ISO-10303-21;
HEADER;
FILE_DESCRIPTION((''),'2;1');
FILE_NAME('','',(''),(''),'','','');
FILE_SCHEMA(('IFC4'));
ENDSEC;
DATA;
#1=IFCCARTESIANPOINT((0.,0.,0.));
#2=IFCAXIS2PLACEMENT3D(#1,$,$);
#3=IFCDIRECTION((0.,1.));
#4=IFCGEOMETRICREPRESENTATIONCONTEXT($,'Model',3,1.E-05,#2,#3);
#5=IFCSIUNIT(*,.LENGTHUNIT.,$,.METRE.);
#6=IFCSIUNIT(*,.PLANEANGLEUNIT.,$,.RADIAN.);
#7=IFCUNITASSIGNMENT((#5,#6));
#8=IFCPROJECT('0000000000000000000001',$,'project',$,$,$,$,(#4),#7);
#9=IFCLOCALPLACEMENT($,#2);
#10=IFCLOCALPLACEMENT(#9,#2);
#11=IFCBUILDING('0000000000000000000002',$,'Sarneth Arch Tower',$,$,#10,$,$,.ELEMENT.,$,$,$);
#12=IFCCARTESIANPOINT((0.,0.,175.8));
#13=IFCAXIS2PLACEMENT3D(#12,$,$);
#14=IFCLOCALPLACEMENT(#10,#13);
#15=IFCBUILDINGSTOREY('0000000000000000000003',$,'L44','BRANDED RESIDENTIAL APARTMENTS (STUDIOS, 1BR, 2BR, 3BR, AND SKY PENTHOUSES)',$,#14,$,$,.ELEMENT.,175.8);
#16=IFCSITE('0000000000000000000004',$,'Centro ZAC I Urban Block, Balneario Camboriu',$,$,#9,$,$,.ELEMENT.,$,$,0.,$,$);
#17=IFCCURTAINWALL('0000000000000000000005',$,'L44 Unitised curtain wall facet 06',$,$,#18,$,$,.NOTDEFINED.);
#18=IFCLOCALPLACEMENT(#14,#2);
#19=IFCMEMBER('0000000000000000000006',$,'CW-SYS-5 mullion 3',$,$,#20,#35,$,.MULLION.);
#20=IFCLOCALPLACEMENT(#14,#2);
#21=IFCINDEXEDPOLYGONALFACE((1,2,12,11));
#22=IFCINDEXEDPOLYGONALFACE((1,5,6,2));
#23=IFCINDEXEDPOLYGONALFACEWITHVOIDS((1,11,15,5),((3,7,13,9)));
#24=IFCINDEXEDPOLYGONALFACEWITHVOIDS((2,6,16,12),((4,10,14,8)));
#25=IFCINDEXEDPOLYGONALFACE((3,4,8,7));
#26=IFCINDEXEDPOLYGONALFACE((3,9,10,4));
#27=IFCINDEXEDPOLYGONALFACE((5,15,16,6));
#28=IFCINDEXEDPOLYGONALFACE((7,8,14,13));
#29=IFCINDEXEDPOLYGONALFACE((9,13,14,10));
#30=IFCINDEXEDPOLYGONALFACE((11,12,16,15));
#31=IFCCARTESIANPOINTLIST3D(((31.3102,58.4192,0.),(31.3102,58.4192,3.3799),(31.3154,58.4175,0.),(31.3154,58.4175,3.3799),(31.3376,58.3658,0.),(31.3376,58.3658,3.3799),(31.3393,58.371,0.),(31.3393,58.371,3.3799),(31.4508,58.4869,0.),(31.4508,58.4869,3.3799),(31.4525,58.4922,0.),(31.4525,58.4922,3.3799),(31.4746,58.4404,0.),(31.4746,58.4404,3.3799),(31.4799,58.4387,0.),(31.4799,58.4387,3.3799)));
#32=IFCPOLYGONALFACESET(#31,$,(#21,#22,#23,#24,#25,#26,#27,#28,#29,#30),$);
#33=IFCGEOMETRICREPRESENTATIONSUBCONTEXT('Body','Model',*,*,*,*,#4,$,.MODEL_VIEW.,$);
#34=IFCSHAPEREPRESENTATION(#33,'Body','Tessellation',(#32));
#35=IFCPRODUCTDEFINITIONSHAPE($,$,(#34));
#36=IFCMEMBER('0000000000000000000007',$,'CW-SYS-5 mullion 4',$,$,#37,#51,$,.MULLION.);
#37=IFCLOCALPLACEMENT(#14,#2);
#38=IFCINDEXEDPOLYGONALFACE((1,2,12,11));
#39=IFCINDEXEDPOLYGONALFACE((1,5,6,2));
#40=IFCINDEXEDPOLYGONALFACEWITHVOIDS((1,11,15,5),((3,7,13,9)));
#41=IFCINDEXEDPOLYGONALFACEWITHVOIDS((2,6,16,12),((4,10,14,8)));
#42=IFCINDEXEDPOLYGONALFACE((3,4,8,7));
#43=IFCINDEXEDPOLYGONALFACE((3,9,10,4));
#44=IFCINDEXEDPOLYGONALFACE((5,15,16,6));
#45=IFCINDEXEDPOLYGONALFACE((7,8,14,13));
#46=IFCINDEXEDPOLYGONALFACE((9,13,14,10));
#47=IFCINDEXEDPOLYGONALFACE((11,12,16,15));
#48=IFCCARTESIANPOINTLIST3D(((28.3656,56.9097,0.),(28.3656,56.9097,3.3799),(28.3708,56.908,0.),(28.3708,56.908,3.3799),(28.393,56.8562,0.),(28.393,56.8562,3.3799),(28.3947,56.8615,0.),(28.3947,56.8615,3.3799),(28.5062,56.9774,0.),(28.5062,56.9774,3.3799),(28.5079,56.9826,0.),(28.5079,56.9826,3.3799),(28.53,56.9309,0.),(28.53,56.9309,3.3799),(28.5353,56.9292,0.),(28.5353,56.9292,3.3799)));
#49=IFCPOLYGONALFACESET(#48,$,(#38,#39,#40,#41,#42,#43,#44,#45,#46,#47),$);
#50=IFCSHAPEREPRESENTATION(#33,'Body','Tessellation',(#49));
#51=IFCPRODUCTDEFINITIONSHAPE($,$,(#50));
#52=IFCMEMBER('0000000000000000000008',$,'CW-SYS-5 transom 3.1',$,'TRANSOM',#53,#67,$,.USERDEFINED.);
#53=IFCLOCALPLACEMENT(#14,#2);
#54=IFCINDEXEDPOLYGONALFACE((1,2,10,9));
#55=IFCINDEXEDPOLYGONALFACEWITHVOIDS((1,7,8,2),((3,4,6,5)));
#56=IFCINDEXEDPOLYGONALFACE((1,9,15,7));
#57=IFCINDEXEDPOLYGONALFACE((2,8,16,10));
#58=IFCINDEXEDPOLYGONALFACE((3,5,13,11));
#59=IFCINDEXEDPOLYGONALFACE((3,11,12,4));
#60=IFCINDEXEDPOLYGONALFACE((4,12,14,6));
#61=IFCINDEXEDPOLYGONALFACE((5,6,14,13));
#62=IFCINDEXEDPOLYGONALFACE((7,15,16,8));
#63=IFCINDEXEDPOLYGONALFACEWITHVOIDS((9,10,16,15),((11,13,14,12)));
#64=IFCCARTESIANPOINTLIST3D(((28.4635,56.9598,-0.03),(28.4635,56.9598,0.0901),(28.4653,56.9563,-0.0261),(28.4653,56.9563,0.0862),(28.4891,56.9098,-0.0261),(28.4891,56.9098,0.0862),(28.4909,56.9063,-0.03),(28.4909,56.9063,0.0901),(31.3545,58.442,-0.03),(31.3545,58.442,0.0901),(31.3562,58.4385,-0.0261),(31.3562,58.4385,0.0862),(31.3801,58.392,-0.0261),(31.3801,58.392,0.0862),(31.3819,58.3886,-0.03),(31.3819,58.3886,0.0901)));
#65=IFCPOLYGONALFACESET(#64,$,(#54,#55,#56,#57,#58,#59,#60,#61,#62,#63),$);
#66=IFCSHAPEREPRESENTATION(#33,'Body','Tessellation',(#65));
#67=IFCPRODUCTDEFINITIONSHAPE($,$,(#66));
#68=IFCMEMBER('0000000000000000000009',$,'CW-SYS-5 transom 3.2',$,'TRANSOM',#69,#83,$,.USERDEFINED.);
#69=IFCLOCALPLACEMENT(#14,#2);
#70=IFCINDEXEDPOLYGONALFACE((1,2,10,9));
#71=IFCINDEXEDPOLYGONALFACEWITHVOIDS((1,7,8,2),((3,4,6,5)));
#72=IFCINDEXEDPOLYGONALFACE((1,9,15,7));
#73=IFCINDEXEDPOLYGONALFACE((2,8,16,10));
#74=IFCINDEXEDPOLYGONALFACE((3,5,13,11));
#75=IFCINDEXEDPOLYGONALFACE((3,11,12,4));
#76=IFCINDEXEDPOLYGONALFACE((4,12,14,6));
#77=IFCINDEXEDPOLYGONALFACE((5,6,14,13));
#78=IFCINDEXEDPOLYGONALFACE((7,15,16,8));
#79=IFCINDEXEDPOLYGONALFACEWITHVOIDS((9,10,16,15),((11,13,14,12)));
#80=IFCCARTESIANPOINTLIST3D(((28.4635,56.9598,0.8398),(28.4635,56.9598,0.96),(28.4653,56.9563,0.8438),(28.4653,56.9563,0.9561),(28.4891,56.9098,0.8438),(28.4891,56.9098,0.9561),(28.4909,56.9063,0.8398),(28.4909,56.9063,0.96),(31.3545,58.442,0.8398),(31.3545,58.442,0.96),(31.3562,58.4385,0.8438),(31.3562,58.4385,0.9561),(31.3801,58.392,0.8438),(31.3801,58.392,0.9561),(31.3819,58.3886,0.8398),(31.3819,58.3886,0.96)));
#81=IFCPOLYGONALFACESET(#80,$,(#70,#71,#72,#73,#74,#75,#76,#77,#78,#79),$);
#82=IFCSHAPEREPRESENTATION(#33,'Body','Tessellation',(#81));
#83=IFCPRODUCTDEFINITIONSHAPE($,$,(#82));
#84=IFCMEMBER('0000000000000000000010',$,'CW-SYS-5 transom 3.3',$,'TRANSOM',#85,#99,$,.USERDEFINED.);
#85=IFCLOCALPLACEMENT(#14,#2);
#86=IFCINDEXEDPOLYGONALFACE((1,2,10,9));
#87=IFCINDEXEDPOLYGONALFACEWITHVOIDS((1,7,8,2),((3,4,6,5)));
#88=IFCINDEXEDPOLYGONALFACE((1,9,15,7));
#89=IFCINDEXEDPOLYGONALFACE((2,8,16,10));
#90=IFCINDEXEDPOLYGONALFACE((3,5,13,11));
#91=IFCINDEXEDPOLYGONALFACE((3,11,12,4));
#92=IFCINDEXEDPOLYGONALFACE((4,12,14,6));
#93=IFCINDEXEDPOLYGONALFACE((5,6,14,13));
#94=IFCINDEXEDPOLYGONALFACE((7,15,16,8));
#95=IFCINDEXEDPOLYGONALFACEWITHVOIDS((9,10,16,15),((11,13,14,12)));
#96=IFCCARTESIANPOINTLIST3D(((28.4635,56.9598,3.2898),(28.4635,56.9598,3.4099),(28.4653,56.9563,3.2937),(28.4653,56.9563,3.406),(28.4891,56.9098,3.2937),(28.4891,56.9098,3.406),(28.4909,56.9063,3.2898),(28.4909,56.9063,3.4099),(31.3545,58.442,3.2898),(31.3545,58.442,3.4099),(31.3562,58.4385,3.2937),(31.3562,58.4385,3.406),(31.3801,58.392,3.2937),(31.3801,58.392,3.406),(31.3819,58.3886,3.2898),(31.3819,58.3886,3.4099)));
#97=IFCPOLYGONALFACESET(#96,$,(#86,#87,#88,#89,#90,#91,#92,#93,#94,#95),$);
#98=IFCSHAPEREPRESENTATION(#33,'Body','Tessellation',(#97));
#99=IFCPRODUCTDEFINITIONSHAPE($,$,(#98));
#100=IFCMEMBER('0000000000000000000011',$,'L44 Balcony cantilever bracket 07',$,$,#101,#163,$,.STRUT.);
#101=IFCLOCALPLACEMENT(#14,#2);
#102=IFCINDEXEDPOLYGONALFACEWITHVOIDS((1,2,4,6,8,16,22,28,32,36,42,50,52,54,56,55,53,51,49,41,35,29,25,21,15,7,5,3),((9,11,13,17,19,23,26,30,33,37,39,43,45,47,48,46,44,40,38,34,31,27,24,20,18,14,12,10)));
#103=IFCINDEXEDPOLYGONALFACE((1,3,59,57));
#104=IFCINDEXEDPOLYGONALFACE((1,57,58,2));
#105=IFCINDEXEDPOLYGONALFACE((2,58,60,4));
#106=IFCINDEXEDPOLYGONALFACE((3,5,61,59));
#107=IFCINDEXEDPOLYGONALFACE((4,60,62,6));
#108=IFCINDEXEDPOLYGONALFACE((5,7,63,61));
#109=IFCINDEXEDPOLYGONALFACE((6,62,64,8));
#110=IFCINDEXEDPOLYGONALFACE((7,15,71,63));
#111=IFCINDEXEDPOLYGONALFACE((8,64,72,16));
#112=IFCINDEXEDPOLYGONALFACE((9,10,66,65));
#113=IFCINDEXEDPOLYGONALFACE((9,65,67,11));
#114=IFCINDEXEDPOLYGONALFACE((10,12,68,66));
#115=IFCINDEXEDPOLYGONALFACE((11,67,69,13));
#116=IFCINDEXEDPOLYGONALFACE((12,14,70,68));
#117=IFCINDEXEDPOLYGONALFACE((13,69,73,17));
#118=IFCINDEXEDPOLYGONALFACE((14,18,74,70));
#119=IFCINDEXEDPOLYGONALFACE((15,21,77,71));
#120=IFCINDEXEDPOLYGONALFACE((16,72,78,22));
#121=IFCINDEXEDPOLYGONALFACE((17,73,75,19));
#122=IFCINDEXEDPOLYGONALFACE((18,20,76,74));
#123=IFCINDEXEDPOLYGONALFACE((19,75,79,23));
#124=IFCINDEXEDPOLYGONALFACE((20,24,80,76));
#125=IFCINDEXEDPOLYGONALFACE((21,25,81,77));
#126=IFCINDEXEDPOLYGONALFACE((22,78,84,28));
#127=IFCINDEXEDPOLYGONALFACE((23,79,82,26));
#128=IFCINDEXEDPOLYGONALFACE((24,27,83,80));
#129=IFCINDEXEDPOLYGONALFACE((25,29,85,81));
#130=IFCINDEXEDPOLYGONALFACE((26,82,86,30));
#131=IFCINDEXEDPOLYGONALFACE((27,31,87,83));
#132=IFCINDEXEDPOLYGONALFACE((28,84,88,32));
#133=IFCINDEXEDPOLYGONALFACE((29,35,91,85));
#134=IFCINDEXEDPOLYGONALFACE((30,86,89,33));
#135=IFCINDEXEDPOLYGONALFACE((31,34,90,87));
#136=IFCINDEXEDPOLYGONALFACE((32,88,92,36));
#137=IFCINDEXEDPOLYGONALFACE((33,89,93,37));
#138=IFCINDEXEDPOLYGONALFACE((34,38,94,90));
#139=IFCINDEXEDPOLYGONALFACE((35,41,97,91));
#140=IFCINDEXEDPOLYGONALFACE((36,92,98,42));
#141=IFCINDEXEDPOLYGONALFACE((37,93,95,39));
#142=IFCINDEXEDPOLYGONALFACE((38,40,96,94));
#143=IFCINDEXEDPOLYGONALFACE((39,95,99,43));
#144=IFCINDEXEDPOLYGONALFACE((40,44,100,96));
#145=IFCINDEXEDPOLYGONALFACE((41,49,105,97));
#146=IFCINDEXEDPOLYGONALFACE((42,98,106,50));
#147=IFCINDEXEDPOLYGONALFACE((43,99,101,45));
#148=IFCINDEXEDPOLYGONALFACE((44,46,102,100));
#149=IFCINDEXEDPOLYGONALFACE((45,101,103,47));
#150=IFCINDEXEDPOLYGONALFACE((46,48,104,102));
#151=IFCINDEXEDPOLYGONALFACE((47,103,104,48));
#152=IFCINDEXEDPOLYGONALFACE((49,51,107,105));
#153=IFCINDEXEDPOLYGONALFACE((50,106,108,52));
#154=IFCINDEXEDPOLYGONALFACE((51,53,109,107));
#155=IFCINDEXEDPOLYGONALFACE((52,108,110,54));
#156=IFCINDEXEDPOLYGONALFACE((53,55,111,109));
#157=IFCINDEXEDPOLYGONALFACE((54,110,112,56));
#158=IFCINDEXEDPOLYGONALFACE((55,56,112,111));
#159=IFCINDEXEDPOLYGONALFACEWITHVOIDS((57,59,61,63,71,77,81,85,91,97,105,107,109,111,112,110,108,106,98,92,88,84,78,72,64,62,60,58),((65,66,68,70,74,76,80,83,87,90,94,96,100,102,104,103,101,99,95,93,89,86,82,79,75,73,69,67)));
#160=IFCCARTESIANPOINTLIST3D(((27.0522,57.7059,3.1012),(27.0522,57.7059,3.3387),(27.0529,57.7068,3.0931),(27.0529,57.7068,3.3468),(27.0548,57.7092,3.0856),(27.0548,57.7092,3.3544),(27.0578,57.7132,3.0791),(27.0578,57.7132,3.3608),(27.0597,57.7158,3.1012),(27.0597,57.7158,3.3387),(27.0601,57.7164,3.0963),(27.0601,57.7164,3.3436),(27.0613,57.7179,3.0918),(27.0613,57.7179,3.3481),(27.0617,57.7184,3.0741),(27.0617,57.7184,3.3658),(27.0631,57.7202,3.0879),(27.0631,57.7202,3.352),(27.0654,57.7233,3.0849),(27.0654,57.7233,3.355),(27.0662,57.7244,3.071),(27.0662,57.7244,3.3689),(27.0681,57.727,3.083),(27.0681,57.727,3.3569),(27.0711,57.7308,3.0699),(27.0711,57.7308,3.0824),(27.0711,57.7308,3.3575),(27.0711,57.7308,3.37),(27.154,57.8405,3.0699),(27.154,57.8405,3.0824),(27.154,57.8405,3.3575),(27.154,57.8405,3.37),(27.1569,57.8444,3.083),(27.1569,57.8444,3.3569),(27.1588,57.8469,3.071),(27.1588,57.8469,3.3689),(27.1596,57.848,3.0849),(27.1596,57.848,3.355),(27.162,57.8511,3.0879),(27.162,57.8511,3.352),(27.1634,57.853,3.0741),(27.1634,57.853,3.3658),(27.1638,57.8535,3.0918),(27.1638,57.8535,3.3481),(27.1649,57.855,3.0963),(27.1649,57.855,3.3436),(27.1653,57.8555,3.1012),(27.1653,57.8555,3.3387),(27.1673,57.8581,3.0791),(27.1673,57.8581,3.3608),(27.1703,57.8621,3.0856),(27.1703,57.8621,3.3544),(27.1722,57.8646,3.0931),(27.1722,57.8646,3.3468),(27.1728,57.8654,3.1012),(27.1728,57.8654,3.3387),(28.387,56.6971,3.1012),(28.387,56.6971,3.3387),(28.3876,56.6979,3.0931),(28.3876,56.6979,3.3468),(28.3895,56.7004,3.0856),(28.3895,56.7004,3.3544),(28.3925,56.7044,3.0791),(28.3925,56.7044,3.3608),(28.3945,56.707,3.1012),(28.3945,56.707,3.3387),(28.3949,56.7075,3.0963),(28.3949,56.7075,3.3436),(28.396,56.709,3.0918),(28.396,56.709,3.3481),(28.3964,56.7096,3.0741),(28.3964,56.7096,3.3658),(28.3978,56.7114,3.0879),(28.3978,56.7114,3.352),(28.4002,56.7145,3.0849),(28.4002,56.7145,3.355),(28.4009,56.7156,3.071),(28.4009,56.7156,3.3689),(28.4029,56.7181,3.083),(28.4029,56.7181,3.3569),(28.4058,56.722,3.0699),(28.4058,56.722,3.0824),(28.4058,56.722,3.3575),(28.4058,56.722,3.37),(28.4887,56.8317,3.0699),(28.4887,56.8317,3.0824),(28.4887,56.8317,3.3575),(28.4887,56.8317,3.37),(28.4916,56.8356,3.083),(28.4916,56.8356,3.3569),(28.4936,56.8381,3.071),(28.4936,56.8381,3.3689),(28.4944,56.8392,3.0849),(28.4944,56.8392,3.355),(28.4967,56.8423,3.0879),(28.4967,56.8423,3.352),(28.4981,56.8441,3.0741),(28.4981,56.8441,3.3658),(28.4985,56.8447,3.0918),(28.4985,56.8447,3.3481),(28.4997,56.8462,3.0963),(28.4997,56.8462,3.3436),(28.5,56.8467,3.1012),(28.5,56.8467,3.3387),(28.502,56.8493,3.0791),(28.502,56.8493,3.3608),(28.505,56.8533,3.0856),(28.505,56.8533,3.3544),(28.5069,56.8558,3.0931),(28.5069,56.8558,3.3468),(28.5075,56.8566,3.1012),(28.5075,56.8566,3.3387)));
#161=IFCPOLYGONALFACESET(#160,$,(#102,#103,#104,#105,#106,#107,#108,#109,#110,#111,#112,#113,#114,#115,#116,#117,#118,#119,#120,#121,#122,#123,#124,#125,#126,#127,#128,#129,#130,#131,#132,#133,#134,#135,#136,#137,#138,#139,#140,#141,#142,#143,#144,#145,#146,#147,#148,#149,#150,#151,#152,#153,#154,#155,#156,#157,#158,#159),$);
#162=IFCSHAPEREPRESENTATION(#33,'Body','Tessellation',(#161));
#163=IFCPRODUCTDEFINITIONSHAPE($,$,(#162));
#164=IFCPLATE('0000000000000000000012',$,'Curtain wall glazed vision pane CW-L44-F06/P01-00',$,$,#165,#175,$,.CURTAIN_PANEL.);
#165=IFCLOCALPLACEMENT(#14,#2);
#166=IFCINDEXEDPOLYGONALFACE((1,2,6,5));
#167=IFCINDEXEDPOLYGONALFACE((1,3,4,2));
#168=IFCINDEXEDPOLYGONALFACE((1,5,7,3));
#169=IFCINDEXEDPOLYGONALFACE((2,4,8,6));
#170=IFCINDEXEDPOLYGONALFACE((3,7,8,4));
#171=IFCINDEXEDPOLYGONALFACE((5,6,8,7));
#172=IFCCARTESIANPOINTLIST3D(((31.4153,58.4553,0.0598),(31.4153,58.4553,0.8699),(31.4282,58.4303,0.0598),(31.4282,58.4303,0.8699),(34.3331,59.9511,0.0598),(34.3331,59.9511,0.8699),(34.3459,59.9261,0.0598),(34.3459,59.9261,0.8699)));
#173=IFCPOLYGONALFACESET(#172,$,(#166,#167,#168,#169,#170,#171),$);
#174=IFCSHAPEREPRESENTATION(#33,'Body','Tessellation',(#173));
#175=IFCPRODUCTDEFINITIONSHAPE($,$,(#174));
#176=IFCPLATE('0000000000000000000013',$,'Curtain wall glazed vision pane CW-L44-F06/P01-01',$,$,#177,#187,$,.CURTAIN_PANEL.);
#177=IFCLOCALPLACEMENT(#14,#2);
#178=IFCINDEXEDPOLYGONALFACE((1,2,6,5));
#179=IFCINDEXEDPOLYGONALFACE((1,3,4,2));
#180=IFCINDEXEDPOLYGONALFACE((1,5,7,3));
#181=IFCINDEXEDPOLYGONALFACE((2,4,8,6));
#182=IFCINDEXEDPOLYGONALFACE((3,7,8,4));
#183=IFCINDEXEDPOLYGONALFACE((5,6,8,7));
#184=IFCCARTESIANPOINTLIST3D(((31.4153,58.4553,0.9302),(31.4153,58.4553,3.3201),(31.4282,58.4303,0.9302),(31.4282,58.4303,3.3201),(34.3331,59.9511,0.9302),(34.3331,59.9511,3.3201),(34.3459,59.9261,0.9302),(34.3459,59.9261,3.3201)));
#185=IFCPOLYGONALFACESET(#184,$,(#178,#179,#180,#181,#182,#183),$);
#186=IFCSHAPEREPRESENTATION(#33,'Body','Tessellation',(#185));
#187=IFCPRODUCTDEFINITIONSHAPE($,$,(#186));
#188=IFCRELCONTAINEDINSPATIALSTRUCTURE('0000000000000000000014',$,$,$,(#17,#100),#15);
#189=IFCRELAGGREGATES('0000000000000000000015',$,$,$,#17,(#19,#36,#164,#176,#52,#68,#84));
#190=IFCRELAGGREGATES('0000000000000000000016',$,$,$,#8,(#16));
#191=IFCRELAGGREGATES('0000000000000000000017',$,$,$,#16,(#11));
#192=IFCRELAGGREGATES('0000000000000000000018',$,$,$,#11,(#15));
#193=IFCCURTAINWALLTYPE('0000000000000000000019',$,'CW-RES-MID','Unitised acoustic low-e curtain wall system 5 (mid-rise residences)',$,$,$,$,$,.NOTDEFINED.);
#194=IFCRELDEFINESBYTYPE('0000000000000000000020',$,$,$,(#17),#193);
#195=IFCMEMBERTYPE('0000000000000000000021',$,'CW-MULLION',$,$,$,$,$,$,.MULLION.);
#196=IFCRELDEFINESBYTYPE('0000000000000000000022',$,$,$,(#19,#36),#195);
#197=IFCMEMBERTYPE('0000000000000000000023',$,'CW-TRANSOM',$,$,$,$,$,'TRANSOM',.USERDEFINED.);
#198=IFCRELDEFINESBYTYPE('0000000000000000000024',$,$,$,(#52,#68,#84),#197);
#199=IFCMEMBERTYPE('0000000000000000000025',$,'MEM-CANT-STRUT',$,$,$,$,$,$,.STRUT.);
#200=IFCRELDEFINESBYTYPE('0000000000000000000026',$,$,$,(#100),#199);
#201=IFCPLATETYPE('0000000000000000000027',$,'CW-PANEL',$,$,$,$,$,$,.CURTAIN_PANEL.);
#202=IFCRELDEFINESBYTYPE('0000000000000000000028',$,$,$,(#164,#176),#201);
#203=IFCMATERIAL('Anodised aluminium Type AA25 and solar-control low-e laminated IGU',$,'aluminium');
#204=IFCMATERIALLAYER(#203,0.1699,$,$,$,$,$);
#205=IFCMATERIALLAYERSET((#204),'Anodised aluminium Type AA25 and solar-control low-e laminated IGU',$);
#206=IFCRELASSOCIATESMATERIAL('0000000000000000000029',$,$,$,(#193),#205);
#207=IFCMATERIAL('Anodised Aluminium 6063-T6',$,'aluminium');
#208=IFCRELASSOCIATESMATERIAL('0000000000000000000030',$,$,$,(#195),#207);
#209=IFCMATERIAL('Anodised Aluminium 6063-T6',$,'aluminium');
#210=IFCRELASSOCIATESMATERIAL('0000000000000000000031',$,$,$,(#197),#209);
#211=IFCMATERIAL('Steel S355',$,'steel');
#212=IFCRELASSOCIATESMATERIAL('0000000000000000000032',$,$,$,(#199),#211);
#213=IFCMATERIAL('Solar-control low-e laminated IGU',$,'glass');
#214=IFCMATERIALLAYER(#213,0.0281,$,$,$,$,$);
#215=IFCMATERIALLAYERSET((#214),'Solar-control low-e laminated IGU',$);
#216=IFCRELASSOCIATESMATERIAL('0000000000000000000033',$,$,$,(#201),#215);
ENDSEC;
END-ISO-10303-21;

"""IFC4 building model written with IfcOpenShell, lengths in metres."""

from ifc_helpers import new_model, si_unit, direction, frame, origin, origin_2d, place, context, subcontext, project, spatial, rectangle, hollow_rectangle, extrude, material, layer, layer_set, material_profile, profile_set, type_object, element, aggregate, save


model = new_model("IFC4")

# Units and contexts
model_context = context("Model", 3, precision=1e-05, world=origin(), true_north=direction((0.0, 1.0)))
body_context = subcontext(model_context, "Body", "Model", "MODEL_VIEW")
ifc_project = project(units=[si_unit("LENGTHUNIT", "METRE"), si_unit("PLANEANGLEUNIT", "RADIAN")], contexts=[model_context])

# Site, building, storey
site_placement = place(None, origin())
site = spatial("IfcSite", under=ifc_project, at=site_placement, Name="Centro ZAC I Urban Block, Balneario Camboriu", CompositionType="ELEMENT", RefElevation=0.0)
building_placement = place(site_placement, origin())
building = spatial("IfcBuilding", under=site, at=building_placement, Name="Sarneth Arch Tower", CompositionType="ELEMENT")
storey_placement = place(building_placement, frame((0.0, 0.0, 175.8)))
storey = spatial("IfcBuildingStorey", under=building, at=storey_placement, Name="L44", Description="BRANDED RESIDENTIAL APARTMENTS (STUDIOS, 1BR, 2BR, 3BR, AND SKY PENTHOUSES)", CompositionType="ELEMENT", Elevation=175.8)

# Curtain wall, members
ifc_material_1 = material(Name="Anodised aluminium Type AA25 and solar-control low-e laminated IGU", Category="aluminium")
ifc_layer_1 = layer(ifc_material_1, 0.1699)
ifc_layer_set_1 = layer_set([ifc_layer_1], Name="Anodised aluminium Type AA25 and solar-control low-e laminated IGU")
curtain_wall_type = type_object("IfcCurtainWallType", Name="CW-RES-MID", Description="Unitised acoustic low-e curtain wall system 5 (mid-rise residences)", PredefinedType="NOTDEFINED", material=ifc_layer_set_1)
curtain_wall_placement = place(storey_placement, origin())
curtain_wall = element("IfcCurtainWall", 1, at=curtain_wall_placement, inside=storey, type_object=curtain_wall_type, Name="L44 Unitised curtain wall facet 06", PredefinedType="NOTDEFINED")
ifc_material_2 = material(Name="Anodised Aluminium 6063-T6", Category="aluminium")
ifc_material_profile_1 = material_profile(ifc_material_2, hollow_rectangle(XDim=0.0601, YDim=0.1599, WallThickness=0.0039, at=origin_2d()), Name="AL-MULL-160x60x4")
ifc_profile_set_1 = profile_set([ifc_material_profile_1], Name="Anodised Aluminium 6063-T6")
member_type_1 = type_object("IfcMemberType", Name="CW-MULLION", PredefinedType="MULLION", material=ifc_profile_set_1)
member_1_placement = place(storey_placement, frame((31.395, 58.429, 0.0), z_axis=(0.0, 0.0, 1.0), x_axis=(0.456208, -0.889873, 0.0)))
member_1 = element("IfcMember", 2, at=member_1_placement, type_object=member_type_1, Name="CW-SYS-5 mullion 3", PredefinedType="MULLION", context=body_context, shape_type="SweptSolid", body=[
    extrude(hollow_rectangle(XDim=0.0601, YDim=0.1599, WallThickness=0.0039, at=origin_2d()), origin(), (0.0, 0.0, 1.0), 3.3799),
])
member_2_placement = place(storey_placement, frame((28.4504, 56.9194, 0.0), z_axis=(0.0, 0.0, 1.0), x_axis=(0.456208, -0.889873, 0.0)))
member_2 = element("IfcMember", 3, at=member_2_placement, type_object=member_type_1, Name="CW-SYS-5 mullion 4", PredefinedType="MULLION", context=body_context, shape_type="SweptSolid", body=[
    extrude(hollow_rectangle(XDim=0.0601, YDim=0.1599, WallThickness=0.0039, at=origin_2d()), origin(), (0.0, 0.0, 1.0), 3.3799),
])
ifc_material_3 = material(Name="Anodised Aluminium 6063-T6", Category="aluminium")
ifc_material_profile_2 = material_profile(ifc_material_3, hollow_rectangle(XDim=0.0601, YDim=0.1201, WallThickness=0.0039, at=origin_2d()), Name="AL-TRAN-120x60x4")
ifc_profile_set_2 = profile_set([ifc_material_profile_2], Name="Anodised Aluminium 6063-T6")
member_type_2 = type_object("IfcMemberType", Name="CW-TRANSOM", ElementType="TRANSOM", PredefinedType="USERDEFINED", material=ifc_profile_set_2)
member_3_placement = place(storey_placement, frame((31.3682, 58.4153, 0.03), z_axis=(-0.889857, -0.456239, 0.0), x_axis=(0.456239, -0.889857, 0.0)))
member_3 = element("IfcMember", 4, at=member_3_placement, type_object=member_type_2, Name="CW-SYS-5 transom 3.1", ObjectType="TRANSOM", PredefinedType="USERDEFINED", context=body_context, shape_type="SweptSolid", body=[
    extrude(hollow_rectangle(XDim=0.0601, YDim=0.1201, WallThickness=0.0039, at=origin_2d()), origin(), (0.0, 0.0, 1.0), 3.2488),
])
member_4_placement = place(storey_placement, frame((31.3682, 58.4153, 0.8999), z_axis=(-0.889857, -0.456239, 0.0), x_axis=(0.456239, -0.889857, 0.0)))
member_4 = element("IfcMember", 5, at=member_4_placement, type_object=member_type_2, Name="CW-SYS-5 transom 3.2", ObjectType="TRANSOM", PredefinedType="USERDEFINED", context=body_context, shape_type="SweptSolid", body=[
    extrude(hollow_rectangle(XDim=0.0601, YDim=0.1201, WallThickness=0.0039, at=origin_2d()), origin(), (0.0, 0.0, 1.0), 3.2488),
])
member_5_placement = place(storey_placement, frame((31.3682, 58.4153, 3.3499), z_axis=(-0.889857, -0.456239, 0.0), x_axis=(0.456239, -0.889857, 0.0)))
member_5 = element("IfcMember", 6, at=member_5_placement, type_object=member_type_2, Name="CW-SYS-5 transom 3.3", ObjectType="TRANSOM", PredefinedType="USERDEFINED", context=body_context, shape_type="SweptSolid", body=[
    extrude(hollow_rectangle(XDim=0.0601, YDim=0.1201, WallThickness=0.0039, at=origin_2d()), origin(), (0.0, 0.0, 1.0), 3.2488),
])

# Member
ifc_material_4 = material(Name="Steel S355", Category="steel")
ifc_material_profile_3 = material_profile(ifc_material_4, hollow_rectangle(XDim=0.2, YDim=0.3, WallThickness=0.0125, InnerFilletRadius=0.0188, OuterFilletRadius=0.0312, at=origin_2d()), Name="RHS300x200x12.5")
ifc_profile_set_3 = profile_set([ifc_material_profile_3], Name="Steel S355")
member_type_3 = type_object("IfcMemberType", Name="MEM-CANT-STRUT", PredefinedType="STRUT", material=ifc_profile_set_3)
member_6_placement = place(storey_placement, frame((28.4473, 56.7769, 3.22), z_axis=(-0.797771, 0.602961, 0.0), x_axis=(-0.602961, -0.797771, 0.0)))
element("IfcMember", 7, at=member_6_placement, inside=storey, type_object=member_type_3, Name="L44 Balcony cantilever bracket 07", PredefinedType="STRUT", context=body_context, shape_type="SweptSolid", body=[
    extrude(hollow_rectangle(XDim=0.2, YDim=0.3, WallThickness=0.0125, InnerFilletRadius=0.0188, OuterFilletRadius=0.0312, at=origin_2d()), origin(), (0.0, 0.0, 1.0), 1.6731),
])

# Plates
ifc_material_5 = material(Name="Solar-control low-e laminated IGU", Category="glass")
ifc_layer_2 = layer(ifc_material_5, 0.0281)
ifc_layer_set_2 = layer_set([ifc_layer_2], Name="Solar-control low-e laminated IGU")
plate_type_1 = type_object("IfcPlateType", Name="CW-PANEL", PredefinedType="CURTAIN_PANEL", material=ifc_layer_set_2)
plate_1_placement = place(storey_placement, frame((32.8806, 59.1907, 0.0598), z_axis=(0.0, 0.0, 1.0), x_axis=(-0.889873, -0.456208, 0.0)))
plate_1 = element("IfcPlate", 8, at=plate_1_placement, type_object=plate_type_1, Name="Curtain wall glazed vision pane CW-L44-F06/P01-00", PredefinedType="CURTAIN_PANEL", context=body_context, shape_type="SweptSolid", body=[
    extrude(rectangle(XDim=3.2788, YDim=0.0281, at=origin_2d()), origin(), (0.0, 0.0, 1.0), 0.8101),
])
plate_2_placement = place(storey_placement, frame((32.8806, 59.1907, 0.9302), z_axis=(0.0, 0.0, 1.0), x_axis=(-0.889873, -0.456208, 0.0)))
plate_2 = element("IfcPlate", 9, at=plate_2_placement, type_object=plate_type_1, Name="Curtain wall glazed vision pane CW-L44-F06/P01-01", PredefinedType="CURTAIN_PANEL", context=body_context, shape_type="SweptSolid", body=[
    extrude(rectangle(XDim=3.2788, YDim=0.0281, at=origin_2d()), origin(), (0.0, 0.0, 1.0), 2.3899),
])
aggregate(curtain_wall, [member_1, member_2, plate_1, plate_2, member_3, member_4, member_5])

save(model, "model.ifc")
